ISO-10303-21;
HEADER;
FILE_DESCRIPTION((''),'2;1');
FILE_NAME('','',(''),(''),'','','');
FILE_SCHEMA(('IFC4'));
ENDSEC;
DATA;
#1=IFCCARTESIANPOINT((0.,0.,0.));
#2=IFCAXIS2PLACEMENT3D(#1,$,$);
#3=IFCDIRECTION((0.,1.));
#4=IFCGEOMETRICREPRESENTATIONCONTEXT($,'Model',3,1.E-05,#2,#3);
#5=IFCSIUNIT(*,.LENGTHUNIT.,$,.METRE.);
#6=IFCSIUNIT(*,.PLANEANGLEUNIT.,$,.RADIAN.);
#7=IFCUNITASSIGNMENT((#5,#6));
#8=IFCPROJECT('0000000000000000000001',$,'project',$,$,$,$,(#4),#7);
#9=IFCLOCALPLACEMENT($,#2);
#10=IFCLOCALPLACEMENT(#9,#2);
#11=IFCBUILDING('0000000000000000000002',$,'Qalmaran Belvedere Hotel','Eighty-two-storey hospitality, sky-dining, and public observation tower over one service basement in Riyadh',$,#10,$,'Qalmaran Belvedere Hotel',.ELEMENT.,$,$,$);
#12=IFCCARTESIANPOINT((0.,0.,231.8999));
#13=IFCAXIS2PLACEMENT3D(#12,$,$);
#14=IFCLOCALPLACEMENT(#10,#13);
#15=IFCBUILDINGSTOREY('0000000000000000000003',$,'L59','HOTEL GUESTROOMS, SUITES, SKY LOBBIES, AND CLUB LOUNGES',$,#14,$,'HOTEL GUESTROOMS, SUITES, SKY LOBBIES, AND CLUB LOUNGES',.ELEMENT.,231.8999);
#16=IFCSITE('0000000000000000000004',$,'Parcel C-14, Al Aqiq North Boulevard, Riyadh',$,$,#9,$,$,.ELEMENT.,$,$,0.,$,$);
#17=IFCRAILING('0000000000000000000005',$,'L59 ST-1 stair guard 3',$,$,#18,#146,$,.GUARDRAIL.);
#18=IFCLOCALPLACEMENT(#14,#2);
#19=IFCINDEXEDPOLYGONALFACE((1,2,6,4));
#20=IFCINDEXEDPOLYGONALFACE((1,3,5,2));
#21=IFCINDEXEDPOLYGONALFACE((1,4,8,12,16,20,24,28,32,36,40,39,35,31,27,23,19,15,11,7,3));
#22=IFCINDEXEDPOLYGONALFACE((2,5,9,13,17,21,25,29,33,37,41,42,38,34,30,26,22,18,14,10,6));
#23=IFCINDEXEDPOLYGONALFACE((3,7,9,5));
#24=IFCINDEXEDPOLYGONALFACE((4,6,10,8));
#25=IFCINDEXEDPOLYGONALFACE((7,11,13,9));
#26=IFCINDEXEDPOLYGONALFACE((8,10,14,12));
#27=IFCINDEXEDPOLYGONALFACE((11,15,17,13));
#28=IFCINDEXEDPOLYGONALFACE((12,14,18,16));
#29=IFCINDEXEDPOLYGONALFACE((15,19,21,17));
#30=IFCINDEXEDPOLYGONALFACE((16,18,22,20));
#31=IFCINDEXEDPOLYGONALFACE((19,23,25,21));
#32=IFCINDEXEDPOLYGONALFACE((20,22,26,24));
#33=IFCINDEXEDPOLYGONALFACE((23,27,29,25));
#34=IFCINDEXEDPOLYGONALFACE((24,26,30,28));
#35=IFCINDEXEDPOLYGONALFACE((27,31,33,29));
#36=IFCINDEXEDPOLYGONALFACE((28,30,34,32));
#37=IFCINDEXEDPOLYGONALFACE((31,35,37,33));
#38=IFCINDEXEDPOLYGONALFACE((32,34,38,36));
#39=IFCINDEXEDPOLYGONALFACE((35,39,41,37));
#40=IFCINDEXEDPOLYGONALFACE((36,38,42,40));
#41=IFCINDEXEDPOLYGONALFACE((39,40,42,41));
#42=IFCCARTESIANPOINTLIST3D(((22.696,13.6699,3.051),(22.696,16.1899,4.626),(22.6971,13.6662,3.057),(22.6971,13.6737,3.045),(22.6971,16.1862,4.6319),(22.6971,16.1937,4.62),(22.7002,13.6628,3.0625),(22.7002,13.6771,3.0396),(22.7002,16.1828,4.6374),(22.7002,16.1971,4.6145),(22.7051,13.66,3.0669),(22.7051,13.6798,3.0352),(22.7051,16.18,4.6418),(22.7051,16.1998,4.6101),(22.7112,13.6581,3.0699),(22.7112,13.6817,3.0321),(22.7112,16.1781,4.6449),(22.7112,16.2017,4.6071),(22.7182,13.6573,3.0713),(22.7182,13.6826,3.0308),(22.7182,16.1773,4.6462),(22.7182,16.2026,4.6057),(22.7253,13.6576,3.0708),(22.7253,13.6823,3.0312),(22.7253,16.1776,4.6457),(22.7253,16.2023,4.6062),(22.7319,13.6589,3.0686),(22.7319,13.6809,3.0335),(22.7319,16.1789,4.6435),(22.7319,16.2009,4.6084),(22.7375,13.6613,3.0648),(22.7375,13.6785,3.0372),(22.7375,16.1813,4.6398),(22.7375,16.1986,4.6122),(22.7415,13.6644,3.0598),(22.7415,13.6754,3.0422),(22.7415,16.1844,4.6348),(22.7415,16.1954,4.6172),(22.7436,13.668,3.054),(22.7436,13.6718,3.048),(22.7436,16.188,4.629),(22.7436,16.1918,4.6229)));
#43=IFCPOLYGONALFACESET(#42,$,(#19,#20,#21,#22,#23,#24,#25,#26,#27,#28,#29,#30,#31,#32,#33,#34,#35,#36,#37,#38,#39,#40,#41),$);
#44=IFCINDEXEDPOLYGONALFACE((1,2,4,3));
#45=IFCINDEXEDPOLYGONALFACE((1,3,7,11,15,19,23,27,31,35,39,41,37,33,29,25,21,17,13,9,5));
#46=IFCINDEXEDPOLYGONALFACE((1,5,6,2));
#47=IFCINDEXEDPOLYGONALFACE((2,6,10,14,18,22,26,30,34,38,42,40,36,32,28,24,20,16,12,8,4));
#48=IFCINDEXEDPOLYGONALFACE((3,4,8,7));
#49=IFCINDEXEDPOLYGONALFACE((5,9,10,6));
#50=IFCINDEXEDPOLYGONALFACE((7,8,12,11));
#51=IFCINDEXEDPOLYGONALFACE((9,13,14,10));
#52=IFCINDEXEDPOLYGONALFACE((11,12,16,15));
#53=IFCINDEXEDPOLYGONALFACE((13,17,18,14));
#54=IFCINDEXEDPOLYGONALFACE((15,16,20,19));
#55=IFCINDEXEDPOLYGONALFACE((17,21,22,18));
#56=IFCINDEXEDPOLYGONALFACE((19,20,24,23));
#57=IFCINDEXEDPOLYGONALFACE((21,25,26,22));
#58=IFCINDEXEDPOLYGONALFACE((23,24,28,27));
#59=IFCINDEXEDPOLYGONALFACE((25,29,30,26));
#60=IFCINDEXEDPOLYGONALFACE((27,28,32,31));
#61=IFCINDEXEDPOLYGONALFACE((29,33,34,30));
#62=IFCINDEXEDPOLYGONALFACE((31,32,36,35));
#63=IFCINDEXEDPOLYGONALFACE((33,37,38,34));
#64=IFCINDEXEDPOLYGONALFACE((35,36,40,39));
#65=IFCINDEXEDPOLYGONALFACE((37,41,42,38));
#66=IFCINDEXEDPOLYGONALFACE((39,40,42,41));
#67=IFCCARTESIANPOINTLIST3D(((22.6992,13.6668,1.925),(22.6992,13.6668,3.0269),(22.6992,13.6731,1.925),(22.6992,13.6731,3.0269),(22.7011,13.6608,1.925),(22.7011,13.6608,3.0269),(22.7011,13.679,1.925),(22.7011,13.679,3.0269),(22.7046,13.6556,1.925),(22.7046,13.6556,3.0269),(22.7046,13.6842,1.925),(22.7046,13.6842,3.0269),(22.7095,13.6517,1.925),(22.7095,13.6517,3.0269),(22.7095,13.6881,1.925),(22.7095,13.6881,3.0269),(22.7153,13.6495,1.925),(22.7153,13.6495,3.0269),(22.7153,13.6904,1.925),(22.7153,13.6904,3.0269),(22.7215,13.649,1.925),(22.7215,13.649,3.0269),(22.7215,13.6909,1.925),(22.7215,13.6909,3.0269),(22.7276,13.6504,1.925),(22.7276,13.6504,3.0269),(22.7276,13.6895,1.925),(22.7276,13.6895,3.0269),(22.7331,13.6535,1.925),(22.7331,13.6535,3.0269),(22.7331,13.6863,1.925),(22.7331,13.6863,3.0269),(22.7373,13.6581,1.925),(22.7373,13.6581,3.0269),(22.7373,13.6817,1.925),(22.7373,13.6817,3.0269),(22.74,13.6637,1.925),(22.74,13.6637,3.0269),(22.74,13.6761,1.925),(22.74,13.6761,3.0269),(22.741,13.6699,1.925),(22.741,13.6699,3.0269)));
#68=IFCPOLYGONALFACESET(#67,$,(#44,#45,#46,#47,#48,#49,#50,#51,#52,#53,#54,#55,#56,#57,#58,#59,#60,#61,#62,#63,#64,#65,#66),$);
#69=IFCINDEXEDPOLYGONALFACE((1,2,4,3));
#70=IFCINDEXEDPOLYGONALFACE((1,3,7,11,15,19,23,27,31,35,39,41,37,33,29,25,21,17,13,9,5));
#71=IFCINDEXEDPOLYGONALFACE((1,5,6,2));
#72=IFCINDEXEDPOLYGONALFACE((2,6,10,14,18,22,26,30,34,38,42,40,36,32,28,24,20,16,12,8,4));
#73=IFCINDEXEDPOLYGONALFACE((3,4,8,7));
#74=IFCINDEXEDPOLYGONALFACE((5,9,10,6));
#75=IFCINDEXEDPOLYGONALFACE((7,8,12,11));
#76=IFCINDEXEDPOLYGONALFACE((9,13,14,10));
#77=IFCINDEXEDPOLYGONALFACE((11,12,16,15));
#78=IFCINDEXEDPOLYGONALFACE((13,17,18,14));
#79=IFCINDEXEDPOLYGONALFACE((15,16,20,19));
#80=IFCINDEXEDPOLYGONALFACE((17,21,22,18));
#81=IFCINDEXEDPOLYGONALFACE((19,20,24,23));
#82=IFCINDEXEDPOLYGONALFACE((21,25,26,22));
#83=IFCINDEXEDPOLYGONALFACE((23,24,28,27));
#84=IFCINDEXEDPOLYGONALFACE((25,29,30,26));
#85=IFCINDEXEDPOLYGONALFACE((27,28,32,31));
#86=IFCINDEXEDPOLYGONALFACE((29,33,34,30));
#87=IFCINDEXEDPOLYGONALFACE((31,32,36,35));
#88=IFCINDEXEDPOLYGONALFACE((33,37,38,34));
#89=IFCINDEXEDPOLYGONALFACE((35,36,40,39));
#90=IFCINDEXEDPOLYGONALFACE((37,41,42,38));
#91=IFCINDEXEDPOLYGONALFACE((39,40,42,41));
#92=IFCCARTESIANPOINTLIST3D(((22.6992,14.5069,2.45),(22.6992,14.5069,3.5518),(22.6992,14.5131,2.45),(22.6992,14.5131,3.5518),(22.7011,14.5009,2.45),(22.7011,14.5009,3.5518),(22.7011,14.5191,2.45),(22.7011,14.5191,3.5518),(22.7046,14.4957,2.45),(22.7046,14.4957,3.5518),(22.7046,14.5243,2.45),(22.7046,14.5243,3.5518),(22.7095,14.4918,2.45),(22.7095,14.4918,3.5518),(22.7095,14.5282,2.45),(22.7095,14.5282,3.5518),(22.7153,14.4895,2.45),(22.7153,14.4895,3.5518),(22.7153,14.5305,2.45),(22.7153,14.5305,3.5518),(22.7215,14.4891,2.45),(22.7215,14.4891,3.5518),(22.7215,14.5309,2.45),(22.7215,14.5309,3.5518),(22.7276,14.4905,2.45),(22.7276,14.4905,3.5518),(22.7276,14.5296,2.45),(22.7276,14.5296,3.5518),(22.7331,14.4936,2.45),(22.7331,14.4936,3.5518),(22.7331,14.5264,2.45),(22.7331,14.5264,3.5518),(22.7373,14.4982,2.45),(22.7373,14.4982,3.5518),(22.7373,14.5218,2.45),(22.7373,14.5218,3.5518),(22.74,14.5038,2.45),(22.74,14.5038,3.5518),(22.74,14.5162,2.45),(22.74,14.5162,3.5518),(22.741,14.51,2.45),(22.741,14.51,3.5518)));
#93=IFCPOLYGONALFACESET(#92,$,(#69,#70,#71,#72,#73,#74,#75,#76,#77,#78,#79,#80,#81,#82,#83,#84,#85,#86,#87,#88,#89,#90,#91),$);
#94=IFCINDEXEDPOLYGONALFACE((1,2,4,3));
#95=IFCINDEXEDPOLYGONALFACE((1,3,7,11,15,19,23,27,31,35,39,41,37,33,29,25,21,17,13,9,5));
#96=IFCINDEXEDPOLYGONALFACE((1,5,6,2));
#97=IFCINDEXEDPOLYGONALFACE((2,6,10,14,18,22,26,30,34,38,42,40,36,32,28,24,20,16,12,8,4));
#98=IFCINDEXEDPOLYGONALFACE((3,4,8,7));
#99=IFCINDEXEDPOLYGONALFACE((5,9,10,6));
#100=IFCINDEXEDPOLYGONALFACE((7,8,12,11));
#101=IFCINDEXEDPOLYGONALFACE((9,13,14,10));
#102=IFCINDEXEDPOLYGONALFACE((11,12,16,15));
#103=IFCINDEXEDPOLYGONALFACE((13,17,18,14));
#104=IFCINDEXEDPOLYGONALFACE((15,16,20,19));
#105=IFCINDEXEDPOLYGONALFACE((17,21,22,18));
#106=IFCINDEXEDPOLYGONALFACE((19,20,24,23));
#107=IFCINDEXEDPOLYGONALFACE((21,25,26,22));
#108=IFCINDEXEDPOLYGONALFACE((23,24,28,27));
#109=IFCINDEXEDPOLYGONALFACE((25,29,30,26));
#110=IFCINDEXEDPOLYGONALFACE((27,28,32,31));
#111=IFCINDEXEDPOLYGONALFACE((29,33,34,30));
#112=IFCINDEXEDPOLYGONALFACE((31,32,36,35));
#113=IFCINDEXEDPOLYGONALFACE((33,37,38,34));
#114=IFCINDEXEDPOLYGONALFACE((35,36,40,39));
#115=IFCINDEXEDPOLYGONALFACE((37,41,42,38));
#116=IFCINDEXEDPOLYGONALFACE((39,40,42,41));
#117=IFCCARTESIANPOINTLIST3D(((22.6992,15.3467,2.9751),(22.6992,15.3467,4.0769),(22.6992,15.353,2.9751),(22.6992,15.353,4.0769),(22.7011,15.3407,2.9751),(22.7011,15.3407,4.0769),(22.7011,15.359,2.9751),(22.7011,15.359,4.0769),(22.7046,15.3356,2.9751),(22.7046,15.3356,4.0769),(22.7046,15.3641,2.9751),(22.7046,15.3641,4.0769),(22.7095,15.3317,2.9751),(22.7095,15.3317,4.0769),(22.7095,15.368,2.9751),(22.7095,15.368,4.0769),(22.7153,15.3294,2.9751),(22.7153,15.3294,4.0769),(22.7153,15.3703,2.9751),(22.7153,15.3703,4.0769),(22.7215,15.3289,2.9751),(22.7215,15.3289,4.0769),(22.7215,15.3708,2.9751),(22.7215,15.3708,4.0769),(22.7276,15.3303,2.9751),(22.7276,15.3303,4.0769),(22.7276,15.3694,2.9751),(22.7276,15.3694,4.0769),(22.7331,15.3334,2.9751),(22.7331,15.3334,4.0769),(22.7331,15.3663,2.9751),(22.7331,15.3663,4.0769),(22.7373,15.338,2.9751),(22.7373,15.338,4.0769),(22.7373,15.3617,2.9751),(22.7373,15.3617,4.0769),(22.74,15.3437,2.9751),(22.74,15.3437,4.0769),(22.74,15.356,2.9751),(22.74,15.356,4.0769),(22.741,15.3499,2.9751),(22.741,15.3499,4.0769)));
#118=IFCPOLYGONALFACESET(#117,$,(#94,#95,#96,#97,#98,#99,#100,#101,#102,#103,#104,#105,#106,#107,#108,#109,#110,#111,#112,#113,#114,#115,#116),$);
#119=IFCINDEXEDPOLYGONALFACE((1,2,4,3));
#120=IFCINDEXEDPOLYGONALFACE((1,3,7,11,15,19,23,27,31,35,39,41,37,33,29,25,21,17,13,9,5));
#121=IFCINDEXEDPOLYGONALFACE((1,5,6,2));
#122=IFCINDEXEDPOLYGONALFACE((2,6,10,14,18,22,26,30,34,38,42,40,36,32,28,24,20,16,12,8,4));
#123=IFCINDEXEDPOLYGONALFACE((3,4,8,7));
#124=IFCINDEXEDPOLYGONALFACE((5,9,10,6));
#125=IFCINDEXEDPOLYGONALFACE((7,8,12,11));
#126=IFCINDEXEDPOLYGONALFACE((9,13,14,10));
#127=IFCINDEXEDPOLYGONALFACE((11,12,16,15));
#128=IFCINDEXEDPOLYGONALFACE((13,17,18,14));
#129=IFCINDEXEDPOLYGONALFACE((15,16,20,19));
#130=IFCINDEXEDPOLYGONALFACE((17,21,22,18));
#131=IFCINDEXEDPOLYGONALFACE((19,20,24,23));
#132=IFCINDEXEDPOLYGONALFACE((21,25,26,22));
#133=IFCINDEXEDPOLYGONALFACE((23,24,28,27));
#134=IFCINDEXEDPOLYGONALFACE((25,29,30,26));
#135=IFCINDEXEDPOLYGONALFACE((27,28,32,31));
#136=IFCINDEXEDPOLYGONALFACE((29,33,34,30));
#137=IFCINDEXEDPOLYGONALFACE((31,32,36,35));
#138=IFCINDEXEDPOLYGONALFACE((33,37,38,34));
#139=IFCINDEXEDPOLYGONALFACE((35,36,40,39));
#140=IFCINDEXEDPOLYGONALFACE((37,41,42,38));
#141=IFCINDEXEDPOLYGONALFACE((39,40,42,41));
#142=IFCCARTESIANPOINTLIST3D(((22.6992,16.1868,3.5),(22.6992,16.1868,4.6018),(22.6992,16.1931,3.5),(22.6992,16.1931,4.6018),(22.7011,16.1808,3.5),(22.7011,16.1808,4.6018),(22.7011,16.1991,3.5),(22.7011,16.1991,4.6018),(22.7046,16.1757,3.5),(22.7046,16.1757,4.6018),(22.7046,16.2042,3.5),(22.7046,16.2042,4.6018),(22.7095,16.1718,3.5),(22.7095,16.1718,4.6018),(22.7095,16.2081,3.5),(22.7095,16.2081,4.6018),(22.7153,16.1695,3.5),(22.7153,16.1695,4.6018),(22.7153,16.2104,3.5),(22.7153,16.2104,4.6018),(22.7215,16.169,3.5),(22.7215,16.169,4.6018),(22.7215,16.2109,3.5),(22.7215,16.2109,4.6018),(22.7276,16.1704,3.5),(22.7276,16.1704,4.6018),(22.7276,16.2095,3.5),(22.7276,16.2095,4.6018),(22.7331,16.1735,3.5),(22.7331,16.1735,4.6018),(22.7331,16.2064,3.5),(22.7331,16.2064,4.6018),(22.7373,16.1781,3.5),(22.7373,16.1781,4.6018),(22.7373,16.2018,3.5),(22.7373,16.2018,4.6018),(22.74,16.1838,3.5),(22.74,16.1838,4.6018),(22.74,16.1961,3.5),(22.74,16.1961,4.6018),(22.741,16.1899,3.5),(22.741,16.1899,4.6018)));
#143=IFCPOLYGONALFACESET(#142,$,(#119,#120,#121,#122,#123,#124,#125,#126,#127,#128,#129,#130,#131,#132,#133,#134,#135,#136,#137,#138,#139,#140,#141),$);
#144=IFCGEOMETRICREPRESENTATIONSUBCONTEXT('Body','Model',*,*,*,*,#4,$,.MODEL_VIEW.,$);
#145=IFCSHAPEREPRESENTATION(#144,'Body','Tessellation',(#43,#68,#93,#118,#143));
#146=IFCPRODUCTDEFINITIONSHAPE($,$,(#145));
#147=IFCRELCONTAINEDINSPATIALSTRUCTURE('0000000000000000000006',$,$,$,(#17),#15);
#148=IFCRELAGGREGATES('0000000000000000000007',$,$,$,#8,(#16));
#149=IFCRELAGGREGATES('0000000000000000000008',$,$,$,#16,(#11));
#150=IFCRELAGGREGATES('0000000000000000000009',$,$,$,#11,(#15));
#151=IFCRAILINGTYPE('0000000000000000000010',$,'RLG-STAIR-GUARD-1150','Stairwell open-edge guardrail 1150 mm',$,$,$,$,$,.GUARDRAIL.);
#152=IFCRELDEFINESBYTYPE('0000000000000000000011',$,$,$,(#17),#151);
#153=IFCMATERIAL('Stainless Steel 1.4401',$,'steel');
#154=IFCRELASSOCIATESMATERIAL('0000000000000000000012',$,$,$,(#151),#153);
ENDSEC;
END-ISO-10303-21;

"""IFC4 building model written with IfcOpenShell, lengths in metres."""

from ifc_helpers import new_model, si_unit, direction, frame, origin, origin_2d, place, context, subcontext, project, spatial, circle, extrude, material, type_object, element, save


model = new_model("IFC4")

# Units and contexts
model_context = context("Model", 3, precision=1e-05, world=origin(), true_north=direction((0.0, 1.0)))
body_context = subcontext(model_context, "Body", "Model", "MODEL_VIEW")
ifc_project = project(units=[si_unit("LENGTHUNIT", "METRE"), si_unit("PLANEANGLEUNIT", "RADIAN")], contexts=[model_context])

# Site, building, storey
site_placement = place(None, origin())
site = spatial("IfcSite", under=ifc_project, at=site_placement, Name="Parcel C-14, Al Aqiq North Boulevard, Riyadh", CompositionType="ELEMENT", RefElevation=0.0)
building_placement = place(site_placement, origin())
building = spatial("IfcBuilding", under=site, at=building_placement, Name="Qalmaran Belvedere Hotel", Description="Eighty-two-storey hospitality, sky-dining, and public observation tower over one service basement in Riyadh", LongName="Qalmaran Belvedere Hotel", CompositionType="ELEMENT")
storey_placement = place(building_placement, frame((0.0, 0.0, 231.8999)))
storey = spatial("IfcBuildingStorey", under=building, at=storey_placement, Name="L59", Description="HOTEL GUESTROOMS, SUITES, SKY LOBBIES, AND CLUB LOUNGES", LongName="HOTEL GUESTROOMS, SUITES, SKY LOBBIES, AND CLUB LOUNGES", CompositionType="ELEMENT", Elevation=231.8999)

# Shared definitions
ifc_material_1 = material(Name="Stainless Steel 1.4401", Category="steel")

# Railing
railing_type_1 = type_object("IfcRailingType", Name="RLG-STAIR-GUARD-1150", Description="Stairwell open-edge guardrail 1150 mm", PredefinedType="GUARDRAIL", material=ifc_material_1)
railing_1_placement = place(storey_placement, frame((22.72, 13.6699, 1.925)))
element("IfcRailing", 1, at=railing_1_placement, inside=storey, type_object=railing_type_1, Name="L59 ST-1 stair guard 3", PredefinedType="GUARDRAIL", context=body_context, shape_type="SweptSolid", body=[
    extrude(circle(Radius=0.0239, at=origin_2d()), frame((0.0, 0.0, 1.126), z_axis=(0.0, 0.848008, 0.529984), x_axis=(-1.0, 0.0, 0.0)), (0.0, 0.0, 1.0), 2.9717),
    extrude(circle(Radius=0.021, at=origin_2d()), origin(), (0.0, 0.0, 1.0), 1.1018),
    extrude(circle(Radius=0.021, at=origin_2d()), frame((0.0, 0.8401, 0.5249)), (0.0, 0.0, 1.0), 1.1018),
    extrude(circle(Radius=0.021, at=origin_2d()), frame((0.0, 1.6799, 1.05)), (0.0, 0.0, 1.0), 1.1018),
    extrude(circle(Radius=0.021, at=origin_2d()), frame((0.0, 2.52, 1.575)), (0.0, 0.0, 1.0), 1.1018),
])

save(model, "model.ifc")
